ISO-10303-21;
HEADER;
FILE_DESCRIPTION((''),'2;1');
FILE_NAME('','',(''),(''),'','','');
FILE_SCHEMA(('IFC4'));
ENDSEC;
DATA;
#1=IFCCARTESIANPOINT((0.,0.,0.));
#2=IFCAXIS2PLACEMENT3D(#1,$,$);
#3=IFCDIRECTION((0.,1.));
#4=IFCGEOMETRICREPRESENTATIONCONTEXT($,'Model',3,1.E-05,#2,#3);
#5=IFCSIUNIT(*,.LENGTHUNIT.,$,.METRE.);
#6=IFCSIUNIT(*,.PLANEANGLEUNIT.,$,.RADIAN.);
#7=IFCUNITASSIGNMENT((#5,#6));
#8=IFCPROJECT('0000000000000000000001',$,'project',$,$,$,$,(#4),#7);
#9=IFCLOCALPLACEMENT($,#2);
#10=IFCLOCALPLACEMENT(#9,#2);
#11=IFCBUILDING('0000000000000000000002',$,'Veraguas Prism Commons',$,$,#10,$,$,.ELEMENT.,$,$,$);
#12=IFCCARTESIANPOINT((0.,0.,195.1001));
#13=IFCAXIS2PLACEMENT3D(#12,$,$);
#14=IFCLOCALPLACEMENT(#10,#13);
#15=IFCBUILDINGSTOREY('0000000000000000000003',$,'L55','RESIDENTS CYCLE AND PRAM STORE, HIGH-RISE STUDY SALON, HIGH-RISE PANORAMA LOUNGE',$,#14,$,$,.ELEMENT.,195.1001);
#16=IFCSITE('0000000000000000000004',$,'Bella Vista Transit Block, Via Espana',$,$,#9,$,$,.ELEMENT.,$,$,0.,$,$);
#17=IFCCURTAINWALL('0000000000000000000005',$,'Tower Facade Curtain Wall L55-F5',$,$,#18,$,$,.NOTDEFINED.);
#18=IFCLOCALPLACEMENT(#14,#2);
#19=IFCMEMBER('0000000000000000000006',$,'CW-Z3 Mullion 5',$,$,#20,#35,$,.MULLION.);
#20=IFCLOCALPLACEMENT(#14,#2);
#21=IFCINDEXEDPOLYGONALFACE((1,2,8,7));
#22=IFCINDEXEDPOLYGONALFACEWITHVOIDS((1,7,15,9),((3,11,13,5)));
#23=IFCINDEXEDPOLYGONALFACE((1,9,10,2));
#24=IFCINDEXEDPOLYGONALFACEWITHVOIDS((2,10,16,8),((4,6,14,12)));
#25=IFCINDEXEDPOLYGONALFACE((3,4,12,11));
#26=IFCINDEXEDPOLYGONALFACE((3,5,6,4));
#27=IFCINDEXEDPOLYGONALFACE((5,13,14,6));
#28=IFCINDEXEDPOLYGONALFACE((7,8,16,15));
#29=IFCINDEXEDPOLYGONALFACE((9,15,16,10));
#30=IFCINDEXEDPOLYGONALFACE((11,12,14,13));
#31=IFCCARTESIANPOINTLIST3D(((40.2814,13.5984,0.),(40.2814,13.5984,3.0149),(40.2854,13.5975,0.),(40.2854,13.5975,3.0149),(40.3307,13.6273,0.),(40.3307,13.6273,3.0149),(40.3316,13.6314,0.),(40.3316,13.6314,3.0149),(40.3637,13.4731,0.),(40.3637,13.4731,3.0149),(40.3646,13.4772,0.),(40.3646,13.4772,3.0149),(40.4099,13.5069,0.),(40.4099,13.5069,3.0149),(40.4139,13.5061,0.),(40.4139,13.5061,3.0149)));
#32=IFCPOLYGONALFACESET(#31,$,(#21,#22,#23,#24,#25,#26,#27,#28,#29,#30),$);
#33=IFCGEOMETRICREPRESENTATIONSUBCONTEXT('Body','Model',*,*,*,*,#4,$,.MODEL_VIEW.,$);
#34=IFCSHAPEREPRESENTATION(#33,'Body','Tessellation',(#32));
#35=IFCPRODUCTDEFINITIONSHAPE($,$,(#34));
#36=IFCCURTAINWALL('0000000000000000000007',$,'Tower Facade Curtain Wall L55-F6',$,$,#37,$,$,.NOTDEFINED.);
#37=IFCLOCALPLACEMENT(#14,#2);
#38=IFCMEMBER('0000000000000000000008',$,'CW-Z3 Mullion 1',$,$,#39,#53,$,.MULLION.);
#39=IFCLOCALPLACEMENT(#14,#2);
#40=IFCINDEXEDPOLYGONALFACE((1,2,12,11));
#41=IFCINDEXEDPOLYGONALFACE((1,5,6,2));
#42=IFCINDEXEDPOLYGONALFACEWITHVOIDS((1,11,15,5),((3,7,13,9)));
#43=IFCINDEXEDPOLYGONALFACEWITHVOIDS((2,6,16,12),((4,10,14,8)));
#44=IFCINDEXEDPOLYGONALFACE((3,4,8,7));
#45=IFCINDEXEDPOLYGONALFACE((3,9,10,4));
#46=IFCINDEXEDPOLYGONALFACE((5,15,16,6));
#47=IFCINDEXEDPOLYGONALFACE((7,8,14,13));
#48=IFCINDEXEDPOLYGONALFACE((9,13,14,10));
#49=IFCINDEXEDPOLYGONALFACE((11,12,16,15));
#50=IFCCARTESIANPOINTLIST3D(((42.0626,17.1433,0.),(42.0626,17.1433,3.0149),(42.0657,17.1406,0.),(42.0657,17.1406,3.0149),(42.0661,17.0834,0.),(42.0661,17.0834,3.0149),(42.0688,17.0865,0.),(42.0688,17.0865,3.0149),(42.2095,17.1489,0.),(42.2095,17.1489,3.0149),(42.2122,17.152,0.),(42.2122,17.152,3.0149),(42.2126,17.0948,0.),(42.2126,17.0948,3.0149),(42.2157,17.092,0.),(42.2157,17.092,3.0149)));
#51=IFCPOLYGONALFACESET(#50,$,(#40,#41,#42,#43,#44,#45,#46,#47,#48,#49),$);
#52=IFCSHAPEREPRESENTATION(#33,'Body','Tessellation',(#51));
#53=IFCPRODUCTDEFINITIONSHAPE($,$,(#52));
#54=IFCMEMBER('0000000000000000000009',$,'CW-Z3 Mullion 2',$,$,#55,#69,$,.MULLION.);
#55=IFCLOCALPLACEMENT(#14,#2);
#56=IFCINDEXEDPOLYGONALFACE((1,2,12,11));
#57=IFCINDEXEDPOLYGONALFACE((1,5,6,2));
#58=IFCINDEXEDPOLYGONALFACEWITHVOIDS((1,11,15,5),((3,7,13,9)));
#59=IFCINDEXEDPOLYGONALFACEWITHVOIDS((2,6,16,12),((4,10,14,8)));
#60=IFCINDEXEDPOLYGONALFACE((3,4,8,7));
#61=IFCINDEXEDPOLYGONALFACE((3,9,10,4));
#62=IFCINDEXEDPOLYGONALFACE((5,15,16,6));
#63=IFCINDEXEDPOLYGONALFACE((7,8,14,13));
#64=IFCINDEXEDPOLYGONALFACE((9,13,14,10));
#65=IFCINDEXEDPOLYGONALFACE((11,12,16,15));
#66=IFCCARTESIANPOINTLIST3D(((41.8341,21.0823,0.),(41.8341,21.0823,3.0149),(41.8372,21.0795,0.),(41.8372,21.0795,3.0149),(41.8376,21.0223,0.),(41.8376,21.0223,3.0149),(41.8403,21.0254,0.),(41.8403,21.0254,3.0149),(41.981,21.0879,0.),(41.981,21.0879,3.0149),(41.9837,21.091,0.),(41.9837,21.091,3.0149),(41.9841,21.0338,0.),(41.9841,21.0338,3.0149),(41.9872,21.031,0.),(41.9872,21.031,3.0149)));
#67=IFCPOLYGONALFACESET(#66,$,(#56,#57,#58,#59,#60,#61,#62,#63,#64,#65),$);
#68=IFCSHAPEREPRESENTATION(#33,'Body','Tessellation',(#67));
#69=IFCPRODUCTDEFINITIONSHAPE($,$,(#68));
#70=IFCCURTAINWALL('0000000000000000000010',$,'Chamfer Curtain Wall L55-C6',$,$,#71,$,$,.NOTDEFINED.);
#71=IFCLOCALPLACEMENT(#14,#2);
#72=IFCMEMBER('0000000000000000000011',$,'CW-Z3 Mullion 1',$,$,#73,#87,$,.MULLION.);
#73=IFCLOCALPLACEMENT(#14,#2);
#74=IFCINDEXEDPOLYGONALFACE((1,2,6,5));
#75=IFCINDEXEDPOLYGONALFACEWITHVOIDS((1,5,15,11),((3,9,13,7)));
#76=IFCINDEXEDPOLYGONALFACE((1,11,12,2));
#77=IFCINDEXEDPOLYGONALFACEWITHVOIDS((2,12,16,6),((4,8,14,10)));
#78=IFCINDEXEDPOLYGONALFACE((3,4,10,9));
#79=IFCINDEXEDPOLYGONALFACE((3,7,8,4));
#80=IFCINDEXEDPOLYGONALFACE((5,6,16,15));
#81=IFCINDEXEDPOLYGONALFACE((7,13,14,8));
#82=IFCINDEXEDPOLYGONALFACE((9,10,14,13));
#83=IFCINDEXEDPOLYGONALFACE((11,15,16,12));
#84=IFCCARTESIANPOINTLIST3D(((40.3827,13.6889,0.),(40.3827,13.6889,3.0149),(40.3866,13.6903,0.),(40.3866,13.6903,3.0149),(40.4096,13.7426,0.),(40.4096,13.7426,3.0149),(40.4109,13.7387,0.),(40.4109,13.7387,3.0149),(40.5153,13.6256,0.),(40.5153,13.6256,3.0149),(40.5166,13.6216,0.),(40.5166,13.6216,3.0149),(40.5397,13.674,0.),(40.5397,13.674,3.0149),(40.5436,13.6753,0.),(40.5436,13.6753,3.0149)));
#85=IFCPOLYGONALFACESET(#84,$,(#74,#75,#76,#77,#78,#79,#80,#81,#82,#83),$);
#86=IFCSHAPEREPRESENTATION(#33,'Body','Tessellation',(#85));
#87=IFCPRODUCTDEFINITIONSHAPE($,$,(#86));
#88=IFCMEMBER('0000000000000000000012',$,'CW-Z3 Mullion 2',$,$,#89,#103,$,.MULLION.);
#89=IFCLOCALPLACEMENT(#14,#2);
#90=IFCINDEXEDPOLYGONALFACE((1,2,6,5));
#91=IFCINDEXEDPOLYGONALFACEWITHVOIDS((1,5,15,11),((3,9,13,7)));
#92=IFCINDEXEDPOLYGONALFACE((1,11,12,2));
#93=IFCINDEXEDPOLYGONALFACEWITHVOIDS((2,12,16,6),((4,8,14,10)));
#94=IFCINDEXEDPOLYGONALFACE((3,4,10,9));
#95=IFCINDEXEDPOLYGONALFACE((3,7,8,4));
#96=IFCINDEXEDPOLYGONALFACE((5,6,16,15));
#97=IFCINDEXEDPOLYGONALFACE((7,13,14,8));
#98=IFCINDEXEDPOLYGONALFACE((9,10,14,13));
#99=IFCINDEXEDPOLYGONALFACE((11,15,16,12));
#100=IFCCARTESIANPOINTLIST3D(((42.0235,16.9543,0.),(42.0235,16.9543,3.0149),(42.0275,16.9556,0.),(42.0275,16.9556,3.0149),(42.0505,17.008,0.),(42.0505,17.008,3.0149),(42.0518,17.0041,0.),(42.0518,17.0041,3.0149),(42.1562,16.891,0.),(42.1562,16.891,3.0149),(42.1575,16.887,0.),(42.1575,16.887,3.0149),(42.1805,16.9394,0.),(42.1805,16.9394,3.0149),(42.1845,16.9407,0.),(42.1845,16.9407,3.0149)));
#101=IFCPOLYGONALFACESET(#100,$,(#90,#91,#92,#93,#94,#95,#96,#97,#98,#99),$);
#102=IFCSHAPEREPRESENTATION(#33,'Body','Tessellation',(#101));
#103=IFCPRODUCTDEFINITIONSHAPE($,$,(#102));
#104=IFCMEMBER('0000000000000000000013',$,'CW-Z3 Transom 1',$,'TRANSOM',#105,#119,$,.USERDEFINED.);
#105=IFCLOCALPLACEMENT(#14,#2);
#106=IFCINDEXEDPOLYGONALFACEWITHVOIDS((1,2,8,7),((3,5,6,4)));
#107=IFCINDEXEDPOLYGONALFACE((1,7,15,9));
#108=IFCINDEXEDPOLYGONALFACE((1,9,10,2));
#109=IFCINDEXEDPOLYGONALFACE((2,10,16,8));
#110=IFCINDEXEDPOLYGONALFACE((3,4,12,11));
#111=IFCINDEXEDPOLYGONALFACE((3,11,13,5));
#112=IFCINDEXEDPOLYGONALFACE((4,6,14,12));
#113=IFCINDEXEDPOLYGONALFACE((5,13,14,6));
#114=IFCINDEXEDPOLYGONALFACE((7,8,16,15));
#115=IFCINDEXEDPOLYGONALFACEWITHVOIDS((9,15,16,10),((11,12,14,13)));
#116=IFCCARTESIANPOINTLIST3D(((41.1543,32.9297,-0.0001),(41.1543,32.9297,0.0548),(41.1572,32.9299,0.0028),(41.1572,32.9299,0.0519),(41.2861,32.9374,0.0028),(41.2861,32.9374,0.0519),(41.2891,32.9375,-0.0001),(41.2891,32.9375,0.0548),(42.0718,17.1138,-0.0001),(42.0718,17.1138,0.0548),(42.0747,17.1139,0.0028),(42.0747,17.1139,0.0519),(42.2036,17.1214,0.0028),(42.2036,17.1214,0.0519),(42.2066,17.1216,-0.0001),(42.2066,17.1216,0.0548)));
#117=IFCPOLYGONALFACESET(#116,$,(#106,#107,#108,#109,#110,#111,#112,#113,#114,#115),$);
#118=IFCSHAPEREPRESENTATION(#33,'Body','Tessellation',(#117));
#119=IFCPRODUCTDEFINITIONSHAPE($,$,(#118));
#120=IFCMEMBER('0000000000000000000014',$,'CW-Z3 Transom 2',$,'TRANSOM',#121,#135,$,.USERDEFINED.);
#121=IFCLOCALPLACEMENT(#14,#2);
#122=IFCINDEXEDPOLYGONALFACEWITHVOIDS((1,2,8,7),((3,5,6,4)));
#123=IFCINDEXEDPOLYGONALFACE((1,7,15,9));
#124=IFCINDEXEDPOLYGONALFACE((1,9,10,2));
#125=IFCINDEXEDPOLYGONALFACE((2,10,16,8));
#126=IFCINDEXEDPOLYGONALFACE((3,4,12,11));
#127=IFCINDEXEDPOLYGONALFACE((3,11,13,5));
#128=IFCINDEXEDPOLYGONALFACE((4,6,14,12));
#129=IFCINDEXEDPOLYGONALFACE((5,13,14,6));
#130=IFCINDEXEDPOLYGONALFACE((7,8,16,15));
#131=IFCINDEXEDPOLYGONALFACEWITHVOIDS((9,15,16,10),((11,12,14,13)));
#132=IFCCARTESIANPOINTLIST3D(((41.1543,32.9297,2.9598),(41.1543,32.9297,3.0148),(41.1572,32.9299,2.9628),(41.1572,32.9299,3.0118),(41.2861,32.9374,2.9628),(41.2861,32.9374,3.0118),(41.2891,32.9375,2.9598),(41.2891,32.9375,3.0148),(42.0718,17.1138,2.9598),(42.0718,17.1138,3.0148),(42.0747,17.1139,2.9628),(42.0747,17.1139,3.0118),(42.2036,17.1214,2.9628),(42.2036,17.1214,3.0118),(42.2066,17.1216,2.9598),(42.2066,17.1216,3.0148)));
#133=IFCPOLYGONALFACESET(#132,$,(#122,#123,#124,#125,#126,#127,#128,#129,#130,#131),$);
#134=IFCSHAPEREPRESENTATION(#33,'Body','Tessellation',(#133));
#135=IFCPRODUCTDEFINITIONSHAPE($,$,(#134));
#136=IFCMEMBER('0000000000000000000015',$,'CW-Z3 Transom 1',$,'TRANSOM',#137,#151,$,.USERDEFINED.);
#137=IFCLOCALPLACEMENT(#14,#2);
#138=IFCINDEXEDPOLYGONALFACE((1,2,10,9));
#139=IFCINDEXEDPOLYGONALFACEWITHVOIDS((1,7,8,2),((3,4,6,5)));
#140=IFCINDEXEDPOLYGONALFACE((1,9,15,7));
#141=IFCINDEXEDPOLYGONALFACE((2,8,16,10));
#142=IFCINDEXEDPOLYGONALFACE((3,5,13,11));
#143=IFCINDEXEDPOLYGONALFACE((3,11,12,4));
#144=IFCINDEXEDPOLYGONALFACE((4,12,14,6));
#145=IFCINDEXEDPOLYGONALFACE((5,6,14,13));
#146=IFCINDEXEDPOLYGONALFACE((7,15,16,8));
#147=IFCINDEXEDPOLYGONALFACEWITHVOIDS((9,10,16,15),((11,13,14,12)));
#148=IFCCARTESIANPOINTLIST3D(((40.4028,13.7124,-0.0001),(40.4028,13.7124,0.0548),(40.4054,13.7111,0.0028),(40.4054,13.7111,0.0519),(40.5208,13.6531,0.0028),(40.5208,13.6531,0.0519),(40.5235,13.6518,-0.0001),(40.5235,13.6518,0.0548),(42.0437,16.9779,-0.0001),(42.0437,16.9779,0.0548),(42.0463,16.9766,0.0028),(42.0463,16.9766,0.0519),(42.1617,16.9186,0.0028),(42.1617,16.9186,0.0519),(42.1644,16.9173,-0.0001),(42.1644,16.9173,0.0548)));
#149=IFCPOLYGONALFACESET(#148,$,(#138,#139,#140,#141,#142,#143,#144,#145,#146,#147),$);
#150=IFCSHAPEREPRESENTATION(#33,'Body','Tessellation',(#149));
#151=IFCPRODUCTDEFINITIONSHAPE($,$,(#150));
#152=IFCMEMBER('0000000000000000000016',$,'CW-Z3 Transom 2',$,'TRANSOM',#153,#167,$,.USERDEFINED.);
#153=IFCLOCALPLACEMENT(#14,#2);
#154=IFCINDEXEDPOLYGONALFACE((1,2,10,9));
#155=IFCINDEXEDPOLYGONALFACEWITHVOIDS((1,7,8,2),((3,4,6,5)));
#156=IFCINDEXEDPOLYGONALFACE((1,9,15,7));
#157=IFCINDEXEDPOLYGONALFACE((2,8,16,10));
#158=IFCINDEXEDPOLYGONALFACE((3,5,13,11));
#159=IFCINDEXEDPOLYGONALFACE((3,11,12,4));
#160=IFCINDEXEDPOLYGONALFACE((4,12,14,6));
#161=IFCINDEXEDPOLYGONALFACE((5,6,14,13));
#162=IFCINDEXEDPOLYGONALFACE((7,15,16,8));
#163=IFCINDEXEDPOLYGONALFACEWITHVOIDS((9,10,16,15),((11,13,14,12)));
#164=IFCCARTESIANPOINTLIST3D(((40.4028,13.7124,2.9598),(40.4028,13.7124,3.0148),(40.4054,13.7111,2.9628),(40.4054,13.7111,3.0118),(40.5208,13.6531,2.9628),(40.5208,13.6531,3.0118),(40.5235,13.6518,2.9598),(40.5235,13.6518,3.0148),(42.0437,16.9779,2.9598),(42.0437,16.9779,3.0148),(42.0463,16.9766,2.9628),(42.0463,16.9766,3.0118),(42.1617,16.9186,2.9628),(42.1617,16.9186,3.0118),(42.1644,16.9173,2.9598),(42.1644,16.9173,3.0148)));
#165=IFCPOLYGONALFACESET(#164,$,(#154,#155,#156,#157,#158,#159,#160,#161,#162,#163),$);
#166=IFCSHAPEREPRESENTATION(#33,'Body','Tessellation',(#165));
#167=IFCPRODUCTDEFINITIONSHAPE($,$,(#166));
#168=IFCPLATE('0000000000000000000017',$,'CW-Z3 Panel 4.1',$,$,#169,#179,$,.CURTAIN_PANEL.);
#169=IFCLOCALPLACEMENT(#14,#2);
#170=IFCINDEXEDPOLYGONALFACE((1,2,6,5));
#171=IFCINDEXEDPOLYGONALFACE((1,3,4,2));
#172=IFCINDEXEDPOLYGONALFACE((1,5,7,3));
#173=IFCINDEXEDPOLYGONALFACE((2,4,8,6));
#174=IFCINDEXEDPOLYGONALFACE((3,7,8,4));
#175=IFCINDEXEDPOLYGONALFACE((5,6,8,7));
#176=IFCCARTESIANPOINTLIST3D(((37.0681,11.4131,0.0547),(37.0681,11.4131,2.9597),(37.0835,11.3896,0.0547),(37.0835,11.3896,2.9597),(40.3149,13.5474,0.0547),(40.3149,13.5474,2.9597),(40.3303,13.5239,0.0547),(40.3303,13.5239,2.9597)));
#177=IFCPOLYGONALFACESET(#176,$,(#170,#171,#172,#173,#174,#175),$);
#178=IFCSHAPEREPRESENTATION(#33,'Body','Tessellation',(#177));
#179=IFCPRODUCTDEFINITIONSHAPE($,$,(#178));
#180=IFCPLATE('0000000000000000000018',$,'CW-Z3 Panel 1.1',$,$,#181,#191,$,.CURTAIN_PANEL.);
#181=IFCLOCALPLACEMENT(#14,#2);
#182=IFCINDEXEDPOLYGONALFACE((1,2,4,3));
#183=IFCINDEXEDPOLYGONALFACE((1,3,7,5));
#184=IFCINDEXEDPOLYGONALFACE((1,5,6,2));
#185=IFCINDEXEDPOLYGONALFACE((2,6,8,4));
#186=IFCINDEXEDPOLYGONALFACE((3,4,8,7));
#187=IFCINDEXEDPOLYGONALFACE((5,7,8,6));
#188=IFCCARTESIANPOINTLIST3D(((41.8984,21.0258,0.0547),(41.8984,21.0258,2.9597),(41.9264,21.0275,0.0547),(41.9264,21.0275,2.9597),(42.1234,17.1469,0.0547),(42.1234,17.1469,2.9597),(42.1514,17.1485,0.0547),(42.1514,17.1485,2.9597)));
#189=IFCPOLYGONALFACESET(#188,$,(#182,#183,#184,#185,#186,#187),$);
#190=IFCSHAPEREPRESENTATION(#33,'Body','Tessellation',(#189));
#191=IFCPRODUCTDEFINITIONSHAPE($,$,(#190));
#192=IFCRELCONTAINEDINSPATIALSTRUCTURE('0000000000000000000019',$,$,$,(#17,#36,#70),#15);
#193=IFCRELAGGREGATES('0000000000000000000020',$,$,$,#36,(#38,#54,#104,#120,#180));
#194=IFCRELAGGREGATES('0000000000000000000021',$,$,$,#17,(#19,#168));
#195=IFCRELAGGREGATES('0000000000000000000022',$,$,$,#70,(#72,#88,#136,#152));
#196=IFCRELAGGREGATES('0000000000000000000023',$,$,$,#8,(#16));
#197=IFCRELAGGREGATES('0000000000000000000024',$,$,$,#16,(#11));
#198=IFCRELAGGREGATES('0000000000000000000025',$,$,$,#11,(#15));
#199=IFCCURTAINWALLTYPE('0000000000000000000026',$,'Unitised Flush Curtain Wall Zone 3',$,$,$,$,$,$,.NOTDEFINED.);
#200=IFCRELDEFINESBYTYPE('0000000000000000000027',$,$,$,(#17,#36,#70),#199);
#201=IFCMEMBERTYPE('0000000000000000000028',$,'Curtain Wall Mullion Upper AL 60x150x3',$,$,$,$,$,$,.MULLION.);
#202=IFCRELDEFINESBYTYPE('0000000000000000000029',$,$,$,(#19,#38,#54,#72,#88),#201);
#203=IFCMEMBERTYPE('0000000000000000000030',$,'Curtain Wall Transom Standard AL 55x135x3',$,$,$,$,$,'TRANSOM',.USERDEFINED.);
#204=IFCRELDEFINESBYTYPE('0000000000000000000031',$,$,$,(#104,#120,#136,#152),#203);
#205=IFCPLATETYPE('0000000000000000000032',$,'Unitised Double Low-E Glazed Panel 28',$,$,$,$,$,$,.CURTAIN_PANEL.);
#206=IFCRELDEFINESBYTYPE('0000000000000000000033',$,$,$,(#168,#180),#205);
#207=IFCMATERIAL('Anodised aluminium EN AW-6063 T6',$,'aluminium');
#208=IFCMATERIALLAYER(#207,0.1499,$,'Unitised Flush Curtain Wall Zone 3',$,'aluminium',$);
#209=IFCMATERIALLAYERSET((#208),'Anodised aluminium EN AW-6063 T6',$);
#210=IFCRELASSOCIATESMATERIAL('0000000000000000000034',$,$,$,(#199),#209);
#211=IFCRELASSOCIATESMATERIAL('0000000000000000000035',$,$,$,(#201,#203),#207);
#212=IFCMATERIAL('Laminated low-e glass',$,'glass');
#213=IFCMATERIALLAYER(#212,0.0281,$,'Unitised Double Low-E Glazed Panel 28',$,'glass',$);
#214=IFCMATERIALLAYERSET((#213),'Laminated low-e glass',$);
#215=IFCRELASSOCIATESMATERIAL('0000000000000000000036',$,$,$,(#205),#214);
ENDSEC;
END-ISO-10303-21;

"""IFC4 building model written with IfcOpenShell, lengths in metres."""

from ifc_helpers import new_model, si_unit, direction, frame, origin, origin_2d, place, context, subcontext, project, spatial, rectangle, hollow_rectangle, extrude, source, transform, mapped, material, layer, layer_set, material_profile, profile_set, type_object, element, aggregate, save


model = new_model("IFC4")

# Units and contexts
model_context = context("Model", 3, precision=1e-05, world=origin(), true_north=direction((0.0, 1.0)))
body_context = subcontext(model_context, "Body", "Model", "MODEL_VIEW")
ifc_project = project(units=[si_unit("LENGTHUNIT", "METRE"), si_unit("PLANEANGLEUNIT", "RADIAN")], contexts=[model_context])

# Site, building, storey
site_placement = place(None, origin())
site = spatial("IfcSite", under=ifc_project, at=site_placement, Name="Bella Vista Transit Block, Via Espana", CompositionType="ELEMENT", RefElevation=0.0)
building_placement = place(site_placement, origin())
building = spatial("IfcBuilding", under=site, at=building_placement, Name="Veraguas Prism Commons", CompositionType="ELEMENT")
storey_placement = place(building_placement, frame((0.0, 0.0, 195.1001)))
storey = spatial("IfcBuildingStorey", under=building, at=storey_placement, Name="L55", Description="RESIDENTS CYCLE AND PRAM STORE, HIGH-RISE STUDY SALON, HIGH-RISE PANORAMA LOUNGE", CompositionType="ELEMENT", Elevation=195.1001)

# Curtain walls, members
ifc_material_1 = material(Name="Anodised aluminium EN AW-6063 T6", Category="aluminium")
ifc_layer_1 = layer(ifc_material_1, 0.1499, Name="Unitised Flush Curtain Wall Zone 3", Category="aluminium")
ifc_layer_set_1 = layer_set([ifc_layer_1], Name="Anodised aluminium EN AW-6063 T6")
curtain_wall_type = type_object("IfcCurtainWallType", Name="Unitised Flush Curtain Wall Zone 3", PredefinedType="NOTDEFINED", material=ifc_layer_set_1)
curtain_wall_1_placement = place(storey_placement, origin())
curtain_wall_1 = element("IfcCurtainWall", 1, at=curtain_wall_1_placement, inside=storey, type_object=curtain_wall_type, Name="Tower Facade Curtain Wall L55-F5", PredefinedType="NOTDEFINED")
ifc_material_profile_1 = material_profile(ifc_material_1, hollow_rectangle(XDim=0.0601, YDim=0.1499, WallThickness=0.0029, at=origin_2d()), Name="AL60X150X3")
ifc_profile_set_1 = profile_set([ifc_material_profile_1], Name="Anodised aluminium EN AW-6063 T6")
member_type_1 = type_object("IfcMemberType", Name="Curtain Wall Mullion Upper AL 60x150x3", PredefinedType="MULLION", material=ifc_profile_set_1)
shared_shape_1 = source(origin(), body_context, "Body", "SweptSolid", [
    extrude(hollow_rectangle(XDim=0.0601, YDim=0.1499, WallThickness=0.0029, at=origin_2d()), origin(), (0.0, 0.0, 1.0), 3.0149),
])
member_1_placement = place(storey_placement, frame((40.3477, 13.5522, 0.0), z_axis=(0.0, 0.0, 1.0), x_axis=(0.835621, 0.549306, 0.0)))
member_1 = element("IfcMember", 2, at=member_1_placement, type_object=member_type_1, Name="CW-Z3 Mullion 5", PredefinedType="MULLION", context=body_context, shape_type="MappedRepresentation", body=[
    mapped(shared_shape_1, transform((0.0, 0.0, 0.0), scale=1.0)),
])
curtain_wall_2_placement = place(storey_placement, origin())
curtain_wall_2 = element("IfcCurtainWall", 3, at=curtain_wall_2_placement, inside=storey, type_object=curtain_wall_type, Name="Tower Facade Curtain Wall L55-F6", PredefinedType="NOTDEFINED")
member_2_placement = place(storey_placement, frame((42.1392, 17.1177, 0.0), z_axis=(0.0, 0.0, 1.0), x_axis=(-0.057909, 0.998322, 0.0)))
member_2 = element("IfcMember", 4, at=member_2_placement, type_object=member_type_1, Name="CW-Z3 Mullion 1", PredefinedType="MULLION", context=body_context, shape_type="MappedRepresentation", body=[
    mapped(shared_shape_1, transform((0.0, 0.0, 0.0), scale=1.0)),
])
member_3_placement = place(storey_placement, frame((41.9106, 21.0566, 0.0), z_axis=(0.0, 0.0, 1.0), x_axis=(-0.057909, 0.998322, 0.0)))
member_3 = element("IfcMember", 5, at=member_3_placement, type_object=member_type_1, Name="CW-Z3 Mullion 2", PredefinedType="MULLION", context=body_context, shape_type="MappedRepresentation", body=[
    mapped(shared_shape_1, transform((0.0, 0.0, 0.0), scale=1.0)),
])
curtain_wall_3_placement = place(storey_placement, origin())
curtain_wall_3 = element("IfcCurtainWall", 6, at=curtain_wall_3_placement, inside=storey, type_object=curtain_wall_type, Name="Chamfer Curtain Wall L55-C6", PredefinedType="NOTDEFINED")
member_4_placement = place(storey_placement, frame((40.4631, 13.6821, 0.0), z_axis=(0.0, 0.0, 1.0), x_axis=(0.449001, 0.893531, 0.0)))
member_4 = element("IfcMember", 7, at=member_4_placement, type_object=member_type_1, Name="CW-Z3 Mullion 1", PredefinedType="MULLION", context=body_context, shape_type="MappedRepresentation", body=[
    mapped(shared_shape_1, transform((0.0, 0.0, 0.0), scale=1.0)),
])
member_5_placement = place(storey_placement, frame((42.104, 16.9475, 0.0), z_axis=(0.0, 0.0, 1.0), x_axis=(0.449001, 0.893531, 0.0)))
member_5 = element("IfcMember", 8, at=member_5_placement, type_object=member_type_1, Name="CW-Z3 Mullion 2", PredefinedType="MULLION", context=body_context, shape_type="MappedRepresentation", body=[
    mapped(shared_shape_1, transform((0.0, 0.0, 0.0), scale=1.0)),
])

# Members
ifc_material_profile_2 = material_profile(ifc_material_1, hollow_rectangle(XDim=0.0549, YDim=0.135, WallThickness=0.0029, at=origin_2d()), Name="AL55X135X3")
ifc_profile_set_2 = profile_set([ifc_material_profile_2], Name="Anodised aluminium EN AW-6063 T6")
member_type_2 = type_object("IfcMemberType", Name="Curtain Wall Transom Standard AL 55x135x3", ElementType="TRANSOM", PredefinedType="USERDEFINED", material=ifc_profile_set_2)
shared_shape_2 = source(origin(), body_context, "Body", "SweptSolid", [
    extrude(hollow_rectangle(XDim=0.0549, YDim=0.135, WallThickness=0.0029, at=origin_2d()), origin(), (0.0, 0.0, 1.0), 15.8425),
])
member_6_placement = place(storey_placement, frame((42.1392, 17.1177, 0.0273), z_axis=(-0.057913, 0.998322, 0.0), x_axis=(0.0, 0.0, 1.0)))
member_6 = element("IfcMember", 9, at=member_6_placement, type_object=member_type_2, Name="CW-Z3 Transom 1", ObjectType="TRANSOM", PredefinedType="USERDEFINED", context=body_context, shape_type="MappedRepresentation", body=[
    mapped(shared_shape_2, transform((0.0, 0.0, 0.0), scale=1.0)),
])
member_7_placement = place(storey_placement, frame((42.1392, 17.1177, 2.9873), z_axis=(-0.057913, 0.998322, 0.0), x_axis=(0.0, 0.0, 1.0)))
member_7 = element("IfcMember", 10, at=member_7_placement, type_object=member_type_2, Name="CW-Z3 Transom 2", ObjectType="TRANSOM", PredefinedType="USERDEFINED", context=body_context, shape_type="MappedRepresentation", body=[
    mapped(shared_shape_2, transform((0.0, 0.0, 0.0), scale=1.0)),
])
shared_shape_3 = source(origin(), body_context, "Body", "SweptSolid", [
    extrude(hollow_rectangle(XDim=0.0549, YDim=0.135, WallThickness=0.0029, at=origin_2d()), origin(), (0.0, 0.0, 1.0), 3.6545),
])
member_8_placement = place(storey_placement, frame((40.4631, 13.6821, 0.0273), z_axis=(0.449003, 0.89353, 0.0), x_axis=(0.0, 0.0, 1.0)))
member_8 = element("IfcMember", 11, at=member_8_placement, type_object=member_type_2, Name="CW-Z3 Transom 1", ObjectType="TRANSOM", PredefinedType="USERDEFINED", context=body_context, shape_type="MappedRepresentation", body=[
    mapped(shared_shape_3, transform((0.0, 0.0, 0.0), scale=1.0)),
])
member_9_placement = place(storey_placement, frame((40.4631, 13.6821, 2.9873), z_axis=(0.449003, 0.89353, 0.0), x_axis=(0.0, 0.0, 1.0)))
member_9 = element("IfcMember", 12, at=member_9_placement, type_object=member_type_2, Name="CW-Z3 Transom 2", ObjectType="TRANSOM", PredefinedType="USERDEFINED", context=body_context, shape_type="MappedRepresentation", body=[
    mapped(shared_shape_3, transform((0.0, 0.0, 0.0), scale=1.0)),
])

# Plates
ifc_material_2 = material(Name="Laminated low-e glass", Category="glass")
ifc_layer_2 = layer(ifc_material_2, 0.0281, Name="Unitised Double Low-E Glazed Panel 28", Category="glass")
ifc_layer_set_2 = layer_set([ifc_layer_2], Name="Laminated low-e glass")
plate_type = type_object("IfcPlateType", Name="Unitised Double Low-E Glazed Panel 28", PredefinedType="CURTAIN_PANEL", material=ifc_layer_set_2)
shared_shape_4 = source(origin(), body_context, "Body", "SweptSolid", [
    extrude(rectangle(XDim=3.8855, YDim=0.0281, at=origin_2d()), origin(), (0.0, 0.0, 1.0), 2.905),
])
plate_1_placement = place(storey_placement, frame((38.6992, 12.4685, 0.0547), z_axis=(0.0, 0.0, 1.0), x_axis=(0.835621, 0.549306, 0.0)))
plate_1 = element("IfcPlate", 13, at=plate_1_placement, type_object=plate_type, Name="CW-Z3 Panel 4.1", PredefinedType="CURTAIN_PANEL", context=body_context, shape_type="MappedRepresentation", body=[
    mapped(shared_shape_4, transform((0.0, 0.0, 0.0), scale=1.0)),
])
plate_2_placement = place(storey_placement, frame((42.0249, 19.0872, 0.0547), z_axis=(0.0, 0.0, 1.0), x_axis=(-0.057909, 0.998322, 0.0)))
plate_2 = element("IfcPlate", 14, at=plate_2_placement, type_object=plate_type, Name="CW-Z3 Panel 1.1", PredefinedType="CURTAIN_PANEL", context=body_context, shape_type="MappedRepresentation", body=[
    mapped(shared_shape_4, transform((0.0, 0.0, 0.0), scale=1.0)),
])
aggregate(curtain_wall_2, [member_2, member_3, member_6, member_7, plate_2])
aggregate(curtain_wall_1, [member_1, plate_1])
aggregate(curtain_wall_3, [member_4, member_5, member_8, member_9])

save(model, "model.ifc")
